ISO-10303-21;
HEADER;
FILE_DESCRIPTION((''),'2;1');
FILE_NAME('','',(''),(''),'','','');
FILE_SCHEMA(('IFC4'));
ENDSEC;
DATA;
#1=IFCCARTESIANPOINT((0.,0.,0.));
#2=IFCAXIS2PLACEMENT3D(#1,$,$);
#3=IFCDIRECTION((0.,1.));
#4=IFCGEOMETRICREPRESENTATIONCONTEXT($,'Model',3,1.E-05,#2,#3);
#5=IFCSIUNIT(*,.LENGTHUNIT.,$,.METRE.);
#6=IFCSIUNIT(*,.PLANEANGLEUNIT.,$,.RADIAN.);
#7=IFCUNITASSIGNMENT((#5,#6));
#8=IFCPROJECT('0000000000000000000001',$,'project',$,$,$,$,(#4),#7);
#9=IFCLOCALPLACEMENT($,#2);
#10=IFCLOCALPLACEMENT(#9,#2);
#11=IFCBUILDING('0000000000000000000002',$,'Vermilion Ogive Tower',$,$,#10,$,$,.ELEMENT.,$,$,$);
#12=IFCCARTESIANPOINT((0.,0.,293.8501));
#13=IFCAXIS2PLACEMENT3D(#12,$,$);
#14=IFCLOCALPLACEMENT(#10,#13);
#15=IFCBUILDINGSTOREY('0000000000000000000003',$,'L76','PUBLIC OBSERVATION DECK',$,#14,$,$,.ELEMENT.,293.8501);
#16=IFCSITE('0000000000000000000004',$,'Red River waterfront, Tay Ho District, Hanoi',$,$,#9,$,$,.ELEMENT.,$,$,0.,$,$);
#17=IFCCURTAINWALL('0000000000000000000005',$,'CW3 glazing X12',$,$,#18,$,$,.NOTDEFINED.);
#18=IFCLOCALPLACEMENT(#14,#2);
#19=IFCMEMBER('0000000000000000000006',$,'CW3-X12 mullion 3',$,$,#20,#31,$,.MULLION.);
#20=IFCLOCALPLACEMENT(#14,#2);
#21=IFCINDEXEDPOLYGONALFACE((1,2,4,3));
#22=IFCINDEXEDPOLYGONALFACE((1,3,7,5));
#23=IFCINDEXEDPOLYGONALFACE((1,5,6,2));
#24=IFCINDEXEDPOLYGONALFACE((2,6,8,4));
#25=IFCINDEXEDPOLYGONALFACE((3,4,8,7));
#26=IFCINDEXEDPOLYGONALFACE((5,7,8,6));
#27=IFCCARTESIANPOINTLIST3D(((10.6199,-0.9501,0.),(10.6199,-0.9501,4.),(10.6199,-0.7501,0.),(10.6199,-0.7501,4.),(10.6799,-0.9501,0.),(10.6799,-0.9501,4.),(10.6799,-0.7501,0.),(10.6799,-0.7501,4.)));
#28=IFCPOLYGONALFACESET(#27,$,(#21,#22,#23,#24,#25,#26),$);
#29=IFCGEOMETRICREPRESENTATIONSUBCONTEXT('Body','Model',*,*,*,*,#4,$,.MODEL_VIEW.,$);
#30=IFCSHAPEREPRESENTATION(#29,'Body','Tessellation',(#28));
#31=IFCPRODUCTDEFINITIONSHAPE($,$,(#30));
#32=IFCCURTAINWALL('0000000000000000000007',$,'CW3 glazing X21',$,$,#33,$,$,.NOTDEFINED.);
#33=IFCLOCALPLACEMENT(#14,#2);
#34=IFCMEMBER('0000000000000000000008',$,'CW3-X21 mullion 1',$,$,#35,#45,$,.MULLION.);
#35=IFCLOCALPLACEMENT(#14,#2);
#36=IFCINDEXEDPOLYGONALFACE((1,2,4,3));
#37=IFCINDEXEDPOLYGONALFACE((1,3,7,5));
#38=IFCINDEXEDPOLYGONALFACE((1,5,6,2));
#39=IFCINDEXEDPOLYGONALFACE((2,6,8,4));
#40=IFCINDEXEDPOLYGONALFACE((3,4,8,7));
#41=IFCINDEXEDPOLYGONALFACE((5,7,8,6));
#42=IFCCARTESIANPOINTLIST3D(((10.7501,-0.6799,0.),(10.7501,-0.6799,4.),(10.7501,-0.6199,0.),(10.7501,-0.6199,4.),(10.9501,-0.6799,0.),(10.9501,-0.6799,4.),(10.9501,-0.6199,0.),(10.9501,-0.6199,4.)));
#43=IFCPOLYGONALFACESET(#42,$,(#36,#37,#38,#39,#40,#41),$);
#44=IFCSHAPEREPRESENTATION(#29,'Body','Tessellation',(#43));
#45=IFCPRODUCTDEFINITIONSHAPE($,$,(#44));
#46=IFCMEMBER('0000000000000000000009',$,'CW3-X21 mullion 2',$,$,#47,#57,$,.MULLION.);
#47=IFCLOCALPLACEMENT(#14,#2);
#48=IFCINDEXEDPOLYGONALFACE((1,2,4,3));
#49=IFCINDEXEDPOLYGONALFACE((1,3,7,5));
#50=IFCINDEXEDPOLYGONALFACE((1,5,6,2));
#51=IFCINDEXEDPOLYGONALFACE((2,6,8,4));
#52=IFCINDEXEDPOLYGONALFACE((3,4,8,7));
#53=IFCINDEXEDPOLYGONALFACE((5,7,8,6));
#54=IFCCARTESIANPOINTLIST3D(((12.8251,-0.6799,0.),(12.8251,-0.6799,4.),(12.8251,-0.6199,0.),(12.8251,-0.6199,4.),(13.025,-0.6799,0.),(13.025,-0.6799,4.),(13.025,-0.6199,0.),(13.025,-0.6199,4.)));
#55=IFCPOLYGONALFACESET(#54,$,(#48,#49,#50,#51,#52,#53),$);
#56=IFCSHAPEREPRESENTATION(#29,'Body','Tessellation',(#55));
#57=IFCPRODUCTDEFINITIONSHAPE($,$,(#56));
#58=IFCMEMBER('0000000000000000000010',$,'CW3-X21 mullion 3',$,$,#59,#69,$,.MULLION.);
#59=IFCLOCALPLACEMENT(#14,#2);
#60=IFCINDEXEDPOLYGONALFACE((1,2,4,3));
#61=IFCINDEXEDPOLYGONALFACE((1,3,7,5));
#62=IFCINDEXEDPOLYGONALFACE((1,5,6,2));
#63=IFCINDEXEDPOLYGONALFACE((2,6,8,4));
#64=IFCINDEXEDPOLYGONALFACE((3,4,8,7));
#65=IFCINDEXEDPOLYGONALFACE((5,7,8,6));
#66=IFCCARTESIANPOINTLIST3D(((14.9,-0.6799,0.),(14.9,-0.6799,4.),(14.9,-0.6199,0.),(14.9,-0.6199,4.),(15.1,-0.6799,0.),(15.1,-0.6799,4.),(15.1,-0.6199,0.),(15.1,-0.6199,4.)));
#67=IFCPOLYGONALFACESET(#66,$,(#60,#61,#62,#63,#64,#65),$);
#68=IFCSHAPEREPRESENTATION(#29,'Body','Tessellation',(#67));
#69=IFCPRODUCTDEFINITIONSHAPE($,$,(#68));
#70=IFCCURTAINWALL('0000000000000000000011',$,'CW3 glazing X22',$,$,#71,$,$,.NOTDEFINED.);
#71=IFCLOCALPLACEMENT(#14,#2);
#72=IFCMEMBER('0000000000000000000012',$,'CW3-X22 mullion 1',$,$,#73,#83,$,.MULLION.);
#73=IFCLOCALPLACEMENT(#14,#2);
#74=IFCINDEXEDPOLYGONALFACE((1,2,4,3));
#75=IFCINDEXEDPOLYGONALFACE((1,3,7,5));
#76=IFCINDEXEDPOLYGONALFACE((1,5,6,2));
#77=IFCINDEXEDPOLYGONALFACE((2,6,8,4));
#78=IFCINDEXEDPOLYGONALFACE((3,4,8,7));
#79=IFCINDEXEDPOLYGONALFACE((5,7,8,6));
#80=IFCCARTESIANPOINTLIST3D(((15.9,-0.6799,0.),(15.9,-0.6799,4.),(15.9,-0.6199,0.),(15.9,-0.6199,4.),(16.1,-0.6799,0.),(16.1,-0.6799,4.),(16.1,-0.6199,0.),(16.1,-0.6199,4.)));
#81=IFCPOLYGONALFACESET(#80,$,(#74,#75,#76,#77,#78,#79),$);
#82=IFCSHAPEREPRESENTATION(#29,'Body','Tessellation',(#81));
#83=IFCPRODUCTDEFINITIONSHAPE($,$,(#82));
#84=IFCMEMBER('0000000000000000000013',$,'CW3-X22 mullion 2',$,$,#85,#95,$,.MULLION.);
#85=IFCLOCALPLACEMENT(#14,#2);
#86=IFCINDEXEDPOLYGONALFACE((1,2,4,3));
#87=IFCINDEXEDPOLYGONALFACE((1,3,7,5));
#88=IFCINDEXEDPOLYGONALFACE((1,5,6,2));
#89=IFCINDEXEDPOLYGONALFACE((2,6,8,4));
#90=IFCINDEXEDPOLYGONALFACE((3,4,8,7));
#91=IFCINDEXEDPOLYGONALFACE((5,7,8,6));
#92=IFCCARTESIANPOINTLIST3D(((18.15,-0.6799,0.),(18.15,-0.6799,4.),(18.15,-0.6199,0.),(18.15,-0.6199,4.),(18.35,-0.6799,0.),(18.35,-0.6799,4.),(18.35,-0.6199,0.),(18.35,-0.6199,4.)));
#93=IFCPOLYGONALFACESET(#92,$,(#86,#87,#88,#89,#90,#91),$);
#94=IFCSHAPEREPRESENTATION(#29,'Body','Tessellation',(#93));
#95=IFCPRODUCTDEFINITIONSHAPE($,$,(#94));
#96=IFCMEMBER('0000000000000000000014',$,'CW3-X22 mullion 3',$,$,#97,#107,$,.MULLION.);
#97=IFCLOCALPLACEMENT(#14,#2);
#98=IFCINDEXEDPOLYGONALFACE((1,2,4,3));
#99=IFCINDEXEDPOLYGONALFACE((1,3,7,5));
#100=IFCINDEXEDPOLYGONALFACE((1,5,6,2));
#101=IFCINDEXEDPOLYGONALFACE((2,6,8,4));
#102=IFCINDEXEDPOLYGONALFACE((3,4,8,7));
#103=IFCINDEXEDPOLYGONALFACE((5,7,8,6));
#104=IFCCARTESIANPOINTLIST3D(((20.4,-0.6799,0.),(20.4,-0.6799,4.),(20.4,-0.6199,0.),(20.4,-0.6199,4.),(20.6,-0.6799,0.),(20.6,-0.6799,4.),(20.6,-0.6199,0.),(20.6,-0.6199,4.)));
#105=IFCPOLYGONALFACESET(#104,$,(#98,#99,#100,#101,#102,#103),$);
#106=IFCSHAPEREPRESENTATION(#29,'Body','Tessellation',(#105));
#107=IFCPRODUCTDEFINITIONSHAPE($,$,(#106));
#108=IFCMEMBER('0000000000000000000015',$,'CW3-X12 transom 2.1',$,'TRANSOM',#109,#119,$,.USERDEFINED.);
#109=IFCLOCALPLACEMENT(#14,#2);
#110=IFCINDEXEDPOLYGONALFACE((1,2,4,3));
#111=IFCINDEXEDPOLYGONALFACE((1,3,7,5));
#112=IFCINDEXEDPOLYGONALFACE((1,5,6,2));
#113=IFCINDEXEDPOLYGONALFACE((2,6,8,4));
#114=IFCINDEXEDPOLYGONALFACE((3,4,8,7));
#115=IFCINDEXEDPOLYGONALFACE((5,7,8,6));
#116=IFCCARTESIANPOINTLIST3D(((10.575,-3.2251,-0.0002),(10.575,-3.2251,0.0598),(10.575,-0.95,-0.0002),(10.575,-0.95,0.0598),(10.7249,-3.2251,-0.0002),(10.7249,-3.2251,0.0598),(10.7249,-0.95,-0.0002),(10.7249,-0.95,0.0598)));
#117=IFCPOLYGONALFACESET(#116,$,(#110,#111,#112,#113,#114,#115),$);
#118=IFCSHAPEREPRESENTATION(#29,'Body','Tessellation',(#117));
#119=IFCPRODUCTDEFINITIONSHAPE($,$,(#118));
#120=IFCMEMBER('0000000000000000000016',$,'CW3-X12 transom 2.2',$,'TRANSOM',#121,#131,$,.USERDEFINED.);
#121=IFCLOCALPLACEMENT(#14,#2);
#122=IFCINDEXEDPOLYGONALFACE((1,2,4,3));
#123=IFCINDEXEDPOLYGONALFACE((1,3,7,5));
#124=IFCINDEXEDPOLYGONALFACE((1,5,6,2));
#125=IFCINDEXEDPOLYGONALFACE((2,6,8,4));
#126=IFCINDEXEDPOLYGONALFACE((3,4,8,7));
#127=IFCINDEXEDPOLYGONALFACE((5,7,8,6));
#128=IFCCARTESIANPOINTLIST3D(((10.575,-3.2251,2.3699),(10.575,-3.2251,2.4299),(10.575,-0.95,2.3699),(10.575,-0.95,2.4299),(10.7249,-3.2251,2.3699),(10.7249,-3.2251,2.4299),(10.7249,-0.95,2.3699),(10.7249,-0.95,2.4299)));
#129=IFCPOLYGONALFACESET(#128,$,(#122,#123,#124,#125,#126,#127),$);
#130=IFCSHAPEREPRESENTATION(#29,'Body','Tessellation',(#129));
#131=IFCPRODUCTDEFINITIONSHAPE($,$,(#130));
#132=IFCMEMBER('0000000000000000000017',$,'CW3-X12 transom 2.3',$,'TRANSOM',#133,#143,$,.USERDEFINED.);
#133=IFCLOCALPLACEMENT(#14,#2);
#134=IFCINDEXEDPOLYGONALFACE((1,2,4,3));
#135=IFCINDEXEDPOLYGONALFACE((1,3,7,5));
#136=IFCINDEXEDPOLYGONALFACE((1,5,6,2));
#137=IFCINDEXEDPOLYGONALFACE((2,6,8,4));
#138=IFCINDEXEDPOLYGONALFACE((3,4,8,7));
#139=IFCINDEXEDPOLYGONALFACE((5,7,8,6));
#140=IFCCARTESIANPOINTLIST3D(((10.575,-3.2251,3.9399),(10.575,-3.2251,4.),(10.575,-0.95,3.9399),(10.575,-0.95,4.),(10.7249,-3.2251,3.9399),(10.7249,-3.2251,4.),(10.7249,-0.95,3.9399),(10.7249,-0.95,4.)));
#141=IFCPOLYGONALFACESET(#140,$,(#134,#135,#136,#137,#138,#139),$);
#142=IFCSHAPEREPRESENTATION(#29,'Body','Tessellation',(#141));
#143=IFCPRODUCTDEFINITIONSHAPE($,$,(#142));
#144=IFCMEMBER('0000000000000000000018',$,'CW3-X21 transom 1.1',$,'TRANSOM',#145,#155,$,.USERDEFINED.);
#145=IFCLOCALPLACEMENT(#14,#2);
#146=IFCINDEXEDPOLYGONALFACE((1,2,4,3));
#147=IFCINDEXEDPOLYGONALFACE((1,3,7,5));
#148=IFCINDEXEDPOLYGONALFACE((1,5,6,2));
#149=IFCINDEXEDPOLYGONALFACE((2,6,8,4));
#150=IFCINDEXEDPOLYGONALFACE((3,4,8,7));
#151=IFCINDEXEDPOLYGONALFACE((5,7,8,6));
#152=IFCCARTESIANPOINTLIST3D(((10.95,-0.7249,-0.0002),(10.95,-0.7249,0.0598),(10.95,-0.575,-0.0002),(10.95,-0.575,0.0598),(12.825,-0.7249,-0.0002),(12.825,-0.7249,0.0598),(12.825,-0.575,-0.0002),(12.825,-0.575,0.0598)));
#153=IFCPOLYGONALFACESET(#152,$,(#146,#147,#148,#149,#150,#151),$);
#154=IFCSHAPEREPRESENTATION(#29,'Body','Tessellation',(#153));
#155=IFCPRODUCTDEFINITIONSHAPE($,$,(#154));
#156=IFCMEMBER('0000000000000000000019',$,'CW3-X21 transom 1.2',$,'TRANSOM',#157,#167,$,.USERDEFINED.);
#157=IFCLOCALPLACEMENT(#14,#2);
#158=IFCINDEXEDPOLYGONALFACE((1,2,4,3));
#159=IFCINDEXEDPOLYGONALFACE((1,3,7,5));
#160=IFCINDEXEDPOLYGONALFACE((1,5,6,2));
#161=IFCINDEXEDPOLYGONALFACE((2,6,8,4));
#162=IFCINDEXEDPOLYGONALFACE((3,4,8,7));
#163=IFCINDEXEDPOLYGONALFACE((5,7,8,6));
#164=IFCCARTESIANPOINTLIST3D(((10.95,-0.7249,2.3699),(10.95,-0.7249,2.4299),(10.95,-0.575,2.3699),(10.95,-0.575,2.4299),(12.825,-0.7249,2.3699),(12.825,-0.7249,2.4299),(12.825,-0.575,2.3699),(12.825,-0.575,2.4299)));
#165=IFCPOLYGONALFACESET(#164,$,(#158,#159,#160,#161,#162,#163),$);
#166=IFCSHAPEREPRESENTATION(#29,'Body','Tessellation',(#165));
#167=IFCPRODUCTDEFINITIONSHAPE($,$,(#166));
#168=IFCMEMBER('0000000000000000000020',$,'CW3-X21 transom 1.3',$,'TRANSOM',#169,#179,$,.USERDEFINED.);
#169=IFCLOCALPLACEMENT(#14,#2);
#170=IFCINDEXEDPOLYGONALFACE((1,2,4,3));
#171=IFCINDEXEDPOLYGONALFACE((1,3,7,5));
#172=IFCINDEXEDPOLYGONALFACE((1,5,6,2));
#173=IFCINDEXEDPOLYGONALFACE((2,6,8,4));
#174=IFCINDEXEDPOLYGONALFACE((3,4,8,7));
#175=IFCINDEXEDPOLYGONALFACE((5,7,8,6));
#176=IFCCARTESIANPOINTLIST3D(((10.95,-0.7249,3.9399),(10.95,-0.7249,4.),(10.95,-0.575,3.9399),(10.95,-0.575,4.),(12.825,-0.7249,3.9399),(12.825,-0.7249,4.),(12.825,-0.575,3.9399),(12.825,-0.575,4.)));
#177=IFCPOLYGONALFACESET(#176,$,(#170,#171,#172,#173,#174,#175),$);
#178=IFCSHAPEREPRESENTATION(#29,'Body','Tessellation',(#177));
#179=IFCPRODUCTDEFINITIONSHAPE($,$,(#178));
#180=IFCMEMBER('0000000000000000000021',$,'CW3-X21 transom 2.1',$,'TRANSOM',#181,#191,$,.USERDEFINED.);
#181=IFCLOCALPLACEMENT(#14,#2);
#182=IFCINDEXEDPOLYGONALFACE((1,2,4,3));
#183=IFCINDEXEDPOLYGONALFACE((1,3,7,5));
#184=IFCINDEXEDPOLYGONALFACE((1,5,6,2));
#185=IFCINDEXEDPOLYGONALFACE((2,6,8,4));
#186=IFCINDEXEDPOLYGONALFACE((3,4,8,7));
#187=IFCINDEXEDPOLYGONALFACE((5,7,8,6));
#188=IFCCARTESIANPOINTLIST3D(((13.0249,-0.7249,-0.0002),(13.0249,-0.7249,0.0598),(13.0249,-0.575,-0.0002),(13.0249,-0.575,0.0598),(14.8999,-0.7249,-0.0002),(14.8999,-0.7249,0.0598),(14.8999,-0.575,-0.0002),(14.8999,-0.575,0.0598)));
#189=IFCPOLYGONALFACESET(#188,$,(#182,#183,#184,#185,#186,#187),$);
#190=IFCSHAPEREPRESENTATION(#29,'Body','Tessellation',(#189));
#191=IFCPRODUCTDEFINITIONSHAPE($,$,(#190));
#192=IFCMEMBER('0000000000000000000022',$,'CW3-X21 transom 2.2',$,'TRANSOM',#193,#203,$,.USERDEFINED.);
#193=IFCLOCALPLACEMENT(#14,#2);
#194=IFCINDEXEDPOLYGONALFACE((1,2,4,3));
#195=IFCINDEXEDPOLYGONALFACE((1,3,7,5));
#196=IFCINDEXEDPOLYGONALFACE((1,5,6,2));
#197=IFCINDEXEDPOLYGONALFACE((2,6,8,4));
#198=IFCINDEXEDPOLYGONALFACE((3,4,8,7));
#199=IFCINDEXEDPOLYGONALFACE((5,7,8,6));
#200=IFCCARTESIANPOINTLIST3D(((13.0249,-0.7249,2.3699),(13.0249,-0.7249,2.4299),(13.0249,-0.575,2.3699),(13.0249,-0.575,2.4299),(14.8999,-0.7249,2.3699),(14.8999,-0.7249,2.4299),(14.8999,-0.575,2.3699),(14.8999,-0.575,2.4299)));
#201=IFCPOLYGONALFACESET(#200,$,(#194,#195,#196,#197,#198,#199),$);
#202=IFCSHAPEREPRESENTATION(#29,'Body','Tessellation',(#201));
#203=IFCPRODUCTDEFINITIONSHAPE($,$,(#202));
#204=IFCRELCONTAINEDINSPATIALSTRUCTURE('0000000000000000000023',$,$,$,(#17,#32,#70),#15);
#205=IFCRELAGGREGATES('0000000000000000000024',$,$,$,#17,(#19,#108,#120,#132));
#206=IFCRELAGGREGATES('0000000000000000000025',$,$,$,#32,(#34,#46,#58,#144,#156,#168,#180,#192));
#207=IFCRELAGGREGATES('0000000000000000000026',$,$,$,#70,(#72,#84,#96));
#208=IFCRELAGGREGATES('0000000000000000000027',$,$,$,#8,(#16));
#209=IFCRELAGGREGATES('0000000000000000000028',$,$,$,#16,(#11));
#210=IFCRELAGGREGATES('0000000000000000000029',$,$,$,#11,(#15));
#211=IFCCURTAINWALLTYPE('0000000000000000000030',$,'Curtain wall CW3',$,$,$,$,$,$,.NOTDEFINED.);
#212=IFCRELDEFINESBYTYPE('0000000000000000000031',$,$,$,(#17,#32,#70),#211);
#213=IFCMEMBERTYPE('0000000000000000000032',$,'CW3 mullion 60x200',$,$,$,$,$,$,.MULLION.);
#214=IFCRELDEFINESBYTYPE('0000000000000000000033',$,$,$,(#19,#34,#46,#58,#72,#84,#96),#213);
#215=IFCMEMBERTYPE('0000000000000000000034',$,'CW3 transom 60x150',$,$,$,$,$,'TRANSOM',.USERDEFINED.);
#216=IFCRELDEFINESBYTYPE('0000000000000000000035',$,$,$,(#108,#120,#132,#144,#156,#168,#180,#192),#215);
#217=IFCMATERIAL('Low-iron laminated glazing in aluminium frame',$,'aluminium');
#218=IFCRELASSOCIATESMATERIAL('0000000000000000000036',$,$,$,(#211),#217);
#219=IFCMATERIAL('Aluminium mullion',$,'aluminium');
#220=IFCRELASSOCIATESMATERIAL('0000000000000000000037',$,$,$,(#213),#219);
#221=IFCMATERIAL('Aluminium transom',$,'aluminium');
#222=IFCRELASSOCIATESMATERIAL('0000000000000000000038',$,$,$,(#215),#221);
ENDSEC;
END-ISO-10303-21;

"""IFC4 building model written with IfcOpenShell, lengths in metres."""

from ifc_helpers import new_model, si_unit, direction, frame, origin, origin_2d, place, context, subcontext, project, spatial, rectangle, extrude, material, material_profile, profile_set, type_object, element, aggregate, save


model = new_model("IFC4")

# Units and contexts
model_context = context("Model", 3, precision=1e-05, world=origin(), true_north=direction((0.0, 1.0)))
body_context = subcontext(model_context, "Body", "Model", "MODEL_VIEW")
ifc_project = project(units=[si_unit("LENGTHUNIT", "METRE"), si_unit("PLANEANGLEUNIT", "RADIAN")], contexts=[model_context])

# Site, building, storey
site_placement = place(None, origin())
site = spatial("IfcSite", under=ifc_project, at=site_placement, Name="Red River waterfront, Tay Ho District, Hanoi", CompositionType="ELEMENT", RefElevation=0.0)
building_placement = place(site_placement, origin())
building = spatial("IfcBuilding", under=site, at=building_placement, Name="Vermilion Ogive Tower", CompositionType="ELEMENT")
storey_placement = place(building_placement, frame((0.0, 0.0, 293.8501)))
storey = spatial("IfcBuildingStorey", under=building, at=storey_placement, Name="L76", Description="PUBLIC OBSERVATION DECK", CompositionType="ELEMENT", Elevation=293.8501)

# Curtain wall, member
ifc_material_1 = material(Name="Low-iron laminated glazing in aluminium frame", Category="aluminium")
curtain_wall_type = type_object("IfcCurtainWallType", Name="Curtain wall CW3", PredefinedType="NOTDEFINED", material=ifc_material_1)
curtain_wall_1_placement = place(storey_placement, origin())
curtain_wall_1 = element("IfcCurtainWall", 1, at=curtain_wall_1_placement, inside=storey, type_object=curtain_wall_type, Name="CW3 glazing X12", PredefinedType="NOTDEFINED")
ifc_material_2 = material(Name="Aluminium mullion", Category="aluminium")
ifc_material_profile_1 = material_profile(ifc_material_2, rectangle(XDim=0.0601, YDim=0.2, at=origin_2d()), Name="AL 60x200")
ifc_profile_set_1 = profile_set([ifc_material_profile_1], Name="Aluminium mullion")
member_type_1 = type_object("IfcMemberType", Name="CW3 mullion 60x200", PredefinedType="MULLION", material=ifc_profile_set_1)
member_1_placement = place(storey_placement, frame((10.6499, -0.8501, 0.0), z_axis=(0.0, 0.0, 1.0), x_axis=(-1.0, 0.0, 0.0)))
member_1 = element("IfcMember", 2, at=member_1_placement, type_object=member_type_1, Name="CW3-X12 mullion 3", PredefinedType="MULLION", context=body_context, shape_type="SweptSolid", body=[
    extrude(rectangle(XDim=0.0601, YDim=0.2, at=origin_2d()), origin(), (0.0, 0.0, 1.0), 4.0),
])

# Curtain walls, members
curtain_wall_2_placement = place(storey_placement, origin())
curtain_wall_2 = element("IfcCurtainWall", 3, at=curtain_wall_2_placement, inside=storey, type_object=curtain_wall_type, Name="CW3 glazing X21", PredefinedType="NOTDEFINED")
member_2_placement = place(storey_placement, frame((10.8501, -0.6499, 0.0), z_axis=(0.0, 0.0, 1.0), x_axis=(0.0, 1.0, 0.0)))
member_2 = element("IfcMember", 4, at=member_2_placement, type_object=member_type_1, Name="CW3-X21 mullion 1", PredefinedType="MULLION", context=body_context, shape_type="SweptSolid", body=[
    extrude(rectangle(XDim=0.0601, YDim=0.2, at=origin_2d()), origin(), (0.0, 0.0, 1.0), 4.0),
])
member_3_placement = place(storey_placement, frame((12.925, -0.6499, 0.0), z_axis=(0.0, 0.0, 1.0), x_axis=(0.0, 1.0, 0.0)))
member_3 = element("IfcMember", 5, at=member_3_placement, type_object=member_type_1, Name="CW3-X21 mullion 2", PredefinedType="MULLION", context=body_context, shape_type="SweptSolid", body=[
    extrude(rectangle(XDim=0.0601, YDim=0.2, at=origin_2d()), origin(), (0.0, 0.0, 1.0), 4.0),
])
member_4_placement = place(storey_placement, frame((15.0, -0.6499, 0.0), z_axis=(0.0, 0.0, 1.0), x_axis=(0.0, 1.0, 0.0)))
member_4 = element("IfcMember", 6, at=member_4_placement, type_object=member_type_1, Name="CW3-X21 mullion 3", PredefinedType="MULLION", context=body_context, shape_type="SweptSolid", body=[
    extrude(rectangle(XDim=0.0601, YDim=0.2, at=origin_2d()), origin(), (0.0, 0.0, 1.0), 4.0),
])
curtain_wall_3_placement = place(storey_placement, origin())
curtain_wall_3 = element("IfcCurtainWall", 7, at=curtain_wall_3_placement, inside=storey, type_object=curtain_wall_type, Name="CW3 glazing X22", PredefinedType="NOTDEFINED")
member_5_placement = place(storey_placement, frame((16.0, -0.6499, 0.0), z_axis=(0.0, 0.0, 1.0), x_axis=(0.0, 1.0, 0.0)))
member_5 = element("IfcMember", 8, at=member_5_placement, type_object=member_type_1, Name="CW3-X22 mullion 1", PredefinedType="MULLION", context=body_context, shape_type="SweptSolid", body=[
    extrude(rectangle(XDim=0.0601, YDim=0.2, at=origin_2d()), origin(), (0.0, 0.0, 1.0), 4.0),
])
member_6_placement = place(storey_placement, frame((18.25, -0.6499, 0.0), z_axis=(0.0, 0.0, 1.0), x_axis=(0.0, 1.0, 0.0)))
member_6 = element("IfcMember", 9, at=member_6_placement, type_object=member_type_1, Name="CW3-X22 mullion 2", PredefinedType="MULLION", context=body_context, shape_type="SweptSolid", body=[
    extrude(rectangle(XDim=0.0601, YDim=0.2, at=origin_2d()), origin(), (0.0, 0.0, 1.0), 4.0),
])
member_7_placement = place(storey_placement, frame((20.5, -0.6499, 0.0), z_axis=(0.0, 0.0, 1.0), x_axis=(0.0, 1.0, 0.0)))
member_7 = element("IfcMember", 10, at=member_7_placement, type_object=member_type_1, Name="CW3-X22 mullion 3", PredefinedType="MULLION", context=body_context, shape_type="SweptSolid", body=[
    extrude(rectangle(XDim=0.0601, YDim=0.2, at=origin_2d()), origin(), (0.0, 0.0, 1.0), 4.0),
])

# Members
ifc_material_3 = material(Name="Aluminium transom", Category="aluminium")
ifc_material_profile_2 = material_profile(ifc_material_3, rectangle(XDim=0.1499, YDim=0.0601, at=origin_2d()), Name="AL 60x150")
ifc_profile_set_2 = profile_set([ifc_material_profile_2], Name="Aluminium transom")
member_type_2 = type_object("IfcMemberType", Name="CW3 transom 60x150", ElementType="TRANSOM", PredefinedType="USERDEFINED", material=ifc_profile_set_2)
member_8_placement = place(storey_placement, frame((10.6499, -3.2251, 0.0298), z_axis=(0.0, 1.0, 0.0), x_axis=(-1.0, 0.0, 0.0)))
member_8 = element("IfcMember", 11, at=member_8_placement, type_object=member_type_2, Name="CW3-X12 transom 2.1", ObjectType="TRANSOM", PredefinedType="USERDEFINED", context=body_context, shape_type="SweptSolid", body=[
    extrude(rectangle(XDim=0.1499, YDim=0.0601, at=origin_2d()), origin(), (0.0, 0.0, 1.0), 2.2751),
])
member_9_placement = place(storey_placement, frame((10.6499, -3.2251, 2.3999), z_axis=(0.0, 1.0, 0.0), x_axis=(-1.0, 0.0, 0.0)))
member_9 = element("IfcMember", 12, at=member_9_placement, type_object=member_type_2, Name="CW3-X12 transom 2.2", ObjectType="TRANSOM", PredefinedType="USERDEFINED", context=body_context, shape_type="SweptSolid", body=[
    extrude(rectangle(XDim=0.1499, YDim=0.0601, at=origin_2d()), origin(), (0.0, 0.0, 1.0), 2.2751),
])
member_10_placement = place(storey_placement, frame((10.6499, -3.2251, 3.97), z_axis=(0.0, 1.0, 0.0), x_axis=(-1.0, 0.0, 0.0)))
member_10 = element("IfcMember", 13, at=member_10_placement, type_object=member_type_2, Name="CW3-X12 transom 2.3", ObjectType="TRANSOM", PredefinedType="USERDEFINED", context=body_context, shape_type="SweptSolid", body=[
    extrude(rectangle(XDim=0.1499, YDim=0.0601, at=origin_2d()), origin(), (0.0, 0.0, 1.0), 2.2751),
])
member_11_placement = place(storey_placement, frame((10.95, -0.6499, 0.0298), z_axis=(1.0, 0.0, 0.0), x_axis=(0.0, 1.0, 0.0)))
member_11 = element("IfcMember", 14, at=member_11_placement, type_object=member_type_2, Name="CW3-X21 transom 1.1", ObjectType="TRANSOM", PredefinedType="USERDEFINED", context=body_context, shape_type="SweptSolid", body=[
    extrude(rectangle(XDim=0.1499, YDim=0.0601, at=origin_2d()), origin(), (0.0, 0.0, 1.0), 1.875),
])
member_12_placement = place(storey_placement, frame((10.95, -0.6499, 2.3999), z_axis=(1.0, 0.0, 0.0), x_axis=(0.0, 1.0, 0.0)))
member_12 = element("IfcMember", 15, at=member_12_placement, type_object=member_type_2, Name="CW3-X21 transom 1.2", ObjectType="TRANSOM", PredefinedType="USERDEFINED", context=body_context, shape_type="SweptSolid", body=[
    extrude(rectangle(XDim=0.1499, YDim=0.0601, at=origin_2d()), origin(), (0.0, 0.0, 1.0), 1.875),
])
member_13_placement = place(storey_placement, frame((10.95, -0.6499, 3.97), z_axis=(1.0, 0.0, 0.0), x_axis=(0.0, 1.0, 0.0)))
member_13 = element("IfcMember", 16, at=member_13_placement, type_object=member_type_2, Name="CW3-X21 transom 1.3", ObjectType="TRANSOM", PredefinedType="USERDEFINED", context=body_context, shape_type="SweptSolid", body=[
    extrude(rectangle(XDim=0.1499, YDim=0.0601, at=origin_2d()), origin(), (0.0, 0.0, 1.0), 1.875),
])
member_14_placement = place(storey_placement, frame((13.0249, -0.6499, 0.0298), z_axis=(1.0, 0.0, 0.0), x_axis=(0.0, 1.0, 0.0)))
member_14 = element("IfcMember", 17, at=member_14_placement, type_object=member_type_2, Name="CW3-X21 transom 2.1", ObjectType="TRANSOM", PredefinedType="USERDEFINED", context=body_context, shape_type="SweptSolid", body=[
    extrude(rectangle(XDim=0.1499, YDim=0.0601, at=origin_2d()), origin(), (0.0, 0.0, 1.0), 1.875),
])
member_15_placement = place(storey_placement, frame((13.0249, -0.6499, 2.3999), z_axis=(1.0, 0.0, 0.0), x_axis=(0.0, 1.0, 0.0)))
member_15 = element("IfcMember", 18, at=member_15_placement, type_object=member_type_2, Name="CW3-X21 transom 2.2", ObjectType="TRANSOM", PredefinedType="USERDEFINED", context=body_context, shape_type="SweptSolid", body=[
    extrude(rectangle(XDim=0.1499, YDim=0.0601, at=origin_2d()), origin(), (0.0, 0.0, 1.0), 1.875),
])

aggregate(curtain_wall_1, [member_1, member_8, member_9, member_10])
aggregate(curtain_wall_2, [member_2, member_3, member_4, member_11, member_12, member_13, member_14, member_15])
aggregate(curtain_wall_3, [member_5, member_6, member_7])

save(model, "model.ifc")
